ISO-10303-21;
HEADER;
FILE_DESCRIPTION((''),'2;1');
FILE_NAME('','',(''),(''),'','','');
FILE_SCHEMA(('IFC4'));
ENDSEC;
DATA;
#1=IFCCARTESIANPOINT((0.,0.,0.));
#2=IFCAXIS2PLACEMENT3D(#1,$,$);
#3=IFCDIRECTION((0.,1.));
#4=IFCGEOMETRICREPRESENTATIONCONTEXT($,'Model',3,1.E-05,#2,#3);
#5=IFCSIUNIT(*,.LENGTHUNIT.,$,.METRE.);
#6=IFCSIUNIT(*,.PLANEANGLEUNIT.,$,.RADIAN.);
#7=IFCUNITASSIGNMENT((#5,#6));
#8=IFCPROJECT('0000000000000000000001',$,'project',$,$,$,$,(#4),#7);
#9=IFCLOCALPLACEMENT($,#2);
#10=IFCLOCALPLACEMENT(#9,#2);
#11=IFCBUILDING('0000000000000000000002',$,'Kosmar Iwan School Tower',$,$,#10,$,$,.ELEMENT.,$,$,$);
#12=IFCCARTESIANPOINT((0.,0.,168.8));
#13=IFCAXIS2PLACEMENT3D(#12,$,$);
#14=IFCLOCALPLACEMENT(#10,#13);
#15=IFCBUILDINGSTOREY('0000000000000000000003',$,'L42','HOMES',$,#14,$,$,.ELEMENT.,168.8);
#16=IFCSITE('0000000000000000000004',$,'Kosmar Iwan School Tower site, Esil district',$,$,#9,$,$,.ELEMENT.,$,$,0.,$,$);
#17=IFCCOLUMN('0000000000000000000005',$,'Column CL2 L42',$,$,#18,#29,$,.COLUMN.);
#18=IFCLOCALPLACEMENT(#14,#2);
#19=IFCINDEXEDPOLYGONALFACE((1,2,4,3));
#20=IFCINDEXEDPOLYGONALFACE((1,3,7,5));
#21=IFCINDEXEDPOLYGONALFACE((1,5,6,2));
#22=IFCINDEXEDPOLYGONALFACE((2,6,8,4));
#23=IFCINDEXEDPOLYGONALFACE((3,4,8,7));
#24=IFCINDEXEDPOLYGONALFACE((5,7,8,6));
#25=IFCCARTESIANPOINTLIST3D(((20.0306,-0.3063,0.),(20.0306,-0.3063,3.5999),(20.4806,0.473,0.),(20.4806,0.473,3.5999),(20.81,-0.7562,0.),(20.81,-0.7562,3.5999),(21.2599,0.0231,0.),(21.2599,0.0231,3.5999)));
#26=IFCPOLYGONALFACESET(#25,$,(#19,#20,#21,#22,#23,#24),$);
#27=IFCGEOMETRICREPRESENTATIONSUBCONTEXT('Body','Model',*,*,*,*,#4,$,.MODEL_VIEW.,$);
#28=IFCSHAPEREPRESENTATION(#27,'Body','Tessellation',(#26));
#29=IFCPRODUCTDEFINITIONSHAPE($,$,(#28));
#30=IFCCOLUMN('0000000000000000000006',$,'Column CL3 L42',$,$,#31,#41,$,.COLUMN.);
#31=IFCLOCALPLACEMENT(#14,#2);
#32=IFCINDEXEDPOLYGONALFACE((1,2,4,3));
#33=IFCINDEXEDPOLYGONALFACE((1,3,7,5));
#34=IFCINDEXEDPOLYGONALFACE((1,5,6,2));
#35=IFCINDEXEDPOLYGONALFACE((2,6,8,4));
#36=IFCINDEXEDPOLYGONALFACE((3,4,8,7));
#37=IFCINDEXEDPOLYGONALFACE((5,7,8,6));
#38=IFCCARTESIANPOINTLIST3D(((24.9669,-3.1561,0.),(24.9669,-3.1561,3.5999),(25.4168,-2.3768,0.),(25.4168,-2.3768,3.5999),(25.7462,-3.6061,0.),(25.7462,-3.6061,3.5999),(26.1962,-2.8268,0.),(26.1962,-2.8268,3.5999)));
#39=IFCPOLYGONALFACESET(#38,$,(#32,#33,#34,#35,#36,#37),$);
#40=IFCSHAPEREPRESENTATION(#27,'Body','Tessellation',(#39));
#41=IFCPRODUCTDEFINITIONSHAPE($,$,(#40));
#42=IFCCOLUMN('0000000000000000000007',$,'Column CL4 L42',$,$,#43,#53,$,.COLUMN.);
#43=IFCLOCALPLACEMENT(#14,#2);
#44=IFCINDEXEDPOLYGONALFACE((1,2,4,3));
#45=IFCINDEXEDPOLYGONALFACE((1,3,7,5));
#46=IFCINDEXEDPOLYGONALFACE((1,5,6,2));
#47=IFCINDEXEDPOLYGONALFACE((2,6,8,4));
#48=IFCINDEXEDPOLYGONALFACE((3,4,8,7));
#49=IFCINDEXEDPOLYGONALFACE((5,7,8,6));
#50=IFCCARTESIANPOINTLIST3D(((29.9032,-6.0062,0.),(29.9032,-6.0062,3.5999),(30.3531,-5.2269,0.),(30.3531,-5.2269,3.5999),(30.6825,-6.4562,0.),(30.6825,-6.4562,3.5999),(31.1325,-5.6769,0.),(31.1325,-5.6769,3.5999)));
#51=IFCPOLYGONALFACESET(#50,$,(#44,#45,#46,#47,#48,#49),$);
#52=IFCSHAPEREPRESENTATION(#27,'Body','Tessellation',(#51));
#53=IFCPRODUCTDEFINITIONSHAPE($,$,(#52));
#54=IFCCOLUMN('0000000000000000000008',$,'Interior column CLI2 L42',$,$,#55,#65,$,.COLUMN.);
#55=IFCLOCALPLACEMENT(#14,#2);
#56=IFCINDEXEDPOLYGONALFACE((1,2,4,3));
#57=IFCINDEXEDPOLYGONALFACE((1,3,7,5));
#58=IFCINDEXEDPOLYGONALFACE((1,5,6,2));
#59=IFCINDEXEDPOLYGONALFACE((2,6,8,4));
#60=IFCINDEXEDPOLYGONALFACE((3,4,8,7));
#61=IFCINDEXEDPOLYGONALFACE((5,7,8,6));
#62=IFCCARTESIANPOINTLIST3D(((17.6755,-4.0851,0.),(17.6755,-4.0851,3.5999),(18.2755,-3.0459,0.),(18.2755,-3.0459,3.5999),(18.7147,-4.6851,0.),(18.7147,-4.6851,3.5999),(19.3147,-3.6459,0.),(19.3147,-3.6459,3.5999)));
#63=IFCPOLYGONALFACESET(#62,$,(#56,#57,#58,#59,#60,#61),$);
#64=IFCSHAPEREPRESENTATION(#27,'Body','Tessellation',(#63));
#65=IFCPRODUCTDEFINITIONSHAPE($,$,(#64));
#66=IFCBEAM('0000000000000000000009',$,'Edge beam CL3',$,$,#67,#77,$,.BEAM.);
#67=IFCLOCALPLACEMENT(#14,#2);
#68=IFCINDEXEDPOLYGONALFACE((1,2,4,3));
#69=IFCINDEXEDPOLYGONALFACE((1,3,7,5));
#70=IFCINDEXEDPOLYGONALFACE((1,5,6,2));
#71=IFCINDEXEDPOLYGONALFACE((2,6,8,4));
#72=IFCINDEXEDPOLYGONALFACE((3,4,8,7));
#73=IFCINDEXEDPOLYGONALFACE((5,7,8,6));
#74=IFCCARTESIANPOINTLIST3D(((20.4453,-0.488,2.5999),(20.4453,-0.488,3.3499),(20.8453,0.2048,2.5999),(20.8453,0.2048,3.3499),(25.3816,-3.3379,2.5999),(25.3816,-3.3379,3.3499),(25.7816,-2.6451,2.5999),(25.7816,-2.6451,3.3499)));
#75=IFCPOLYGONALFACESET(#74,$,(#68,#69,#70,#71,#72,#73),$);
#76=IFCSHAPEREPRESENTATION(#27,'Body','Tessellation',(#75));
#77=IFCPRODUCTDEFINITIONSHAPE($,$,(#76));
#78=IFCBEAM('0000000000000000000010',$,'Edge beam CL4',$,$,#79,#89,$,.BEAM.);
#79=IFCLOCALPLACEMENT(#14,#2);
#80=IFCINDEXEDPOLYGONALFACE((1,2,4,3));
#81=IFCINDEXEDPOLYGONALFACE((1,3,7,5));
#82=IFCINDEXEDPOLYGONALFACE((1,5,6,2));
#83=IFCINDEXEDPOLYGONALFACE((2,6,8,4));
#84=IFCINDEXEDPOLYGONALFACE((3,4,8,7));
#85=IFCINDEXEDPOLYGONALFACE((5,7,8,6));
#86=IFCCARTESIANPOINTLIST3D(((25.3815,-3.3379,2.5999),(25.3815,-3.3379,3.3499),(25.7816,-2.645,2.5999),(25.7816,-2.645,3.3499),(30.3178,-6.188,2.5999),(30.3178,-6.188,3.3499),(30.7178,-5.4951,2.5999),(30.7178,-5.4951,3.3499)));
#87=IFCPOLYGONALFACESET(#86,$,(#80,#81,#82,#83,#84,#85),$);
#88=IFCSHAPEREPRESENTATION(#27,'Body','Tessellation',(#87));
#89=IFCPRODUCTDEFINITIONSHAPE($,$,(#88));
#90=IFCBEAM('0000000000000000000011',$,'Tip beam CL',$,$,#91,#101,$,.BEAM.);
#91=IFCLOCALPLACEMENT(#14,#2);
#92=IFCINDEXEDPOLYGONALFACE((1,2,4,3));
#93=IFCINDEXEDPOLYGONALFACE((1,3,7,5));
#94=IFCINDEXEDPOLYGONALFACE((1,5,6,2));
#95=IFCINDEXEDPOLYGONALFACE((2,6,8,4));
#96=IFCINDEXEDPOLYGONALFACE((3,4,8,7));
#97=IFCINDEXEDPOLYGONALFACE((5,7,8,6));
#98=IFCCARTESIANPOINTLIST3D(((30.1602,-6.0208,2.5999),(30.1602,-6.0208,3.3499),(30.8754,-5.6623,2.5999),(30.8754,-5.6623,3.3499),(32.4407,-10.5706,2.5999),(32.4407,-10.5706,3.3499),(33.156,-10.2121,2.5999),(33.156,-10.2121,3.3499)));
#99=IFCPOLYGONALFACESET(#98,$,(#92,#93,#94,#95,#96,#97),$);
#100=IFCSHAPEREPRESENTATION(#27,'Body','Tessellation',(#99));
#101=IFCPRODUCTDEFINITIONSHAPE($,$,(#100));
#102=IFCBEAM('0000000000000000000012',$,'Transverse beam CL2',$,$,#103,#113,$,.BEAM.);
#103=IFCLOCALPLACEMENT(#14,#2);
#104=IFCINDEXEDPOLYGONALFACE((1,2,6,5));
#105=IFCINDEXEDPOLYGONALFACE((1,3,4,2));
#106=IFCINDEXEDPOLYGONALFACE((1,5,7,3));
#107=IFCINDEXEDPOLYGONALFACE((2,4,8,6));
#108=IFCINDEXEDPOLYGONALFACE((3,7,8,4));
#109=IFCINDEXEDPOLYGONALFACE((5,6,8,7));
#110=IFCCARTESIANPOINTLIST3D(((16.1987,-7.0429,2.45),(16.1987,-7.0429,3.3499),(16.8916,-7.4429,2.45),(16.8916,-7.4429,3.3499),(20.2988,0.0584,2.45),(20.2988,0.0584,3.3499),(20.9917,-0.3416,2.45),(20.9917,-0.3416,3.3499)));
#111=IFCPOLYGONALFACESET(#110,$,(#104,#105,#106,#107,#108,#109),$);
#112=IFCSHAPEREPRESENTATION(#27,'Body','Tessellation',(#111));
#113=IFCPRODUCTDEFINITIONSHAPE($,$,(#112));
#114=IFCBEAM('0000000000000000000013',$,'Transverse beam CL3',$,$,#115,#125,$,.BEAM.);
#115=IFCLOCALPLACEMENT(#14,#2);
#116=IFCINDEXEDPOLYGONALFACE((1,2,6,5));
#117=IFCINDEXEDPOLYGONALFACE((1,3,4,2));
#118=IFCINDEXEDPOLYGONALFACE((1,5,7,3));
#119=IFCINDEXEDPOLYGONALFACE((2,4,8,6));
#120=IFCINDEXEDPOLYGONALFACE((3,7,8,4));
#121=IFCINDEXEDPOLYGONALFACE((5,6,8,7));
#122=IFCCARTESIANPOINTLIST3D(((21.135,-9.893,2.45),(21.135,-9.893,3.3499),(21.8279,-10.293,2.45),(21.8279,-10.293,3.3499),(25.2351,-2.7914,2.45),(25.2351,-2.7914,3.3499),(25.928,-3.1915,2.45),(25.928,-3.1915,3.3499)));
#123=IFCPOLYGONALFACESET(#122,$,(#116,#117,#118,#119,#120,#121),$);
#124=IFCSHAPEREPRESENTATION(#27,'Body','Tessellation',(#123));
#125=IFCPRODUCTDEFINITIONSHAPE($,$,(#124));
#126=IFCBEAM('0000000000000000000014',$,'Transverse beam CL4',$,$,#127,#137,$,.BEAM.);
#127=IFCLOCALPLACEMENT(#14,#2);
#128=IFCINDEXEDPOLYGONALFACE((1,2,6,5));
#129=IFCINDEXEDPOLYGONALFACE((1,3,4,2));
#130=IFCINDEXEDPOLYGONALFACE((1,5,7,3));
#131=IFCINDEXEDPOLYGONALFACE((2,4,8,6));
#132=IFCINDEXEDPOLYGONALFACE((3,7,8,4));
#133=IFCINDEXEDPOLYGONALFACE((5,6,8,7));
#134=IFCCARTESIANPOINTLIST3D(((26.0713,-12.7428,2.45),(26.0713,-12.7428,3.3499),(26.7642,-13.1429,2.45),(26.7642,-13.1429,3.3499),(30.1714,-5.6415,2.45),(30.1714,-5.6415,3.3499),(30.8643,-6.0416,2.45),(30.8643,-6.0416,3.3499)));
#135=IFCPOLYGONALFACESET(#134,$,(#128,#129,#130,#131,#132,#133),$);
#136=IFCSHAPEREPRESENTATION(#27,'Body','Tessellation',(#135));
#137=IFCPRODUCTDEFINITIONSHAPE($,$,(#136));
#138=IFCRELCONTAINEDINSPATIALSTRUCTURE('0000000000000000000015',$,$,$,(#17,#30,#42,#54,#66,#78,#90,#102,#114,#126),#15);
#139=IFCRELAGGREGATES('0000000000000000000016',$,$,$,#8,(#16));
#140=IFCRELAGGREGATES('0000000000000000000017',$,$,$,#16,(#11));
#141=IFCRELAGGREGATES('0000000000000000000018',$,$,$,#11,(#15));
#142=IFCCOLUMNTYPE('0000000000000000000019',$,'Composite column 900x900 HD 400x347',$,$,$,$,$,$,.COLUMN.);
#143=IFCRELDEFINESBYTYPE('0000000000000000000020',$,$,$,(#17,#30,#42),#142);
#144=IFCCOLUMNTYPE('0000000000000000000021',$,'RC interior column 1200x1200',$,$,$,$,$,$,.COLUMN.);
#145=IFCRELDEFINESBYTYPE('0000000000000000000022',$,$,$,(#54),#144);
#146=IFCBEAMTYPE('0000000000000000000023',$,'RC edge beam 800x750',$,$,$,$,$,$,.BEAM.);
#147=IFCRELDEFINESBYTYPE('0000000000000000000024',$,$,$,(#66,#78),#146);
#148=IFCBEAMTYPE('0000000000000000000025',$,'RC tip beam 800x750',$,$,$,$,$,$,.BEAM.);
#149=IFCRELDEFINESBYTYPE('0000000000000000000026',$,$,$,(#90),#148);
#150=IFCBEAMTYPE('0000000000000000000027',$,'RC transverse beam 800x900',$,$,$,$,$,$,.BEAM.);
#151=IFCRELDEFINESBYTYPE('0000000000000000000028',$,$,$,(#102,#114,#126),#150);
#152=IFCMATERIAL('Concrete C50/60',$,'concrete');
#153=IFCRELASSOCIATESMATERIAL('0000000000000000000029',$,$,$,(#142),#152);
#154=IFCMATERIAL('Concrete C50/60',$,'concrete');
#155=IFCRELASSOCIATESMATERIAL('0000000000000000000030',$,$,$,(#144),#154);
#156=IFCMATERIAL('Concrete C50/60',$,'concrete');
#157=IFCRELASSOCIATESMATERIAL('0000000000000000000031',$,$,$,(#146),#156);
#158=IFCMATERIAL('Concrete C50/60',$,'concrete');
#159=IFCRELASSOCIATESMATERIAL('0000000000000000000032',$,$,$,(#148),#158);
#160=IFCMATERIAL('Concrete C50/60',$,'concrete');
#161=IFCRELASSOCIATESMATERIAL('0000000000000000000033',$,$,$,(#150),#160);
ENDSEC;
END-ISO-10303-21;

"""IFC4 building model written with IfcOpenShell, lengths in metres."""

from ifc_helpers import new_model, si_unit, direction, frame, origin, origin_2d, place, context, subcontext, project, spatial, rectangle, extrude, material, material_profile, profile_set, type_object, element, save


model = new_model("IFC4")

# Units and contexts
model_context = context("Model", 3, precision=1e-05, world=origin(), true_north=direction((0.0, 1.0)))
body_context = subcontext(model_context, "Body", "Model", "MODEL_VIEW")
ifc_project = project(units=[si_unit("LENGTHUNIT", "METRE"), si_unit("PLANEANGLEUNIT", "RADIAN")], contexts=[model_context])

# Site, building, storey
site_placement = place(None, origin())
site = spatial("IfcSite", under=ifc_project, at=site_placement, Name="Kosmar Iwan School Tower site, Esil district", CompositionType="ELEMENT", RefElevation=0.0)
building_placement = place(site_placement, origin())
building = spatial("IfcBuilding", under=site, at=building_placement, Name="Kosmar Iwan School Tower", CompositionType="ELEMENT")
storey_placement = place(building_placement, frame((0.0, 0.0, 168.8)))
storey = spatial("IfcBuildingStorey", under=building, at=storey_placement, Name="L42", Description="HOMES", CompositionType="ELEMENT", Elevation=168.8)

# Columns
ifc_material_1 = material(Name="Concrete C50/60", Category="concrete")
ifc_material_profile_1 = material_profile(ifc_material_1, rectangle(XDim=0.8999, YDim=0.8999, at=origin_2d()), Name="RC 900x900 + HD 400x347")
ifc_profile_set_1 = profile_set([ifc_material_profile_1], Name="Concrete C50/60")
column_type_1 = type_object("IfcColumnType", Name="Composite column 900x900 HD 400x347", PredefinedType="COLUMN", material=ifc_profile_set_1)
for number, where, z_axis, x_axis, name in (
    (1, (20.6453, -0.1416, 0.0), (0.0, 0.0, 1.0), (0.866025, -0.5, 0.0), "Column CL2 L42"),
    (2, (25.5815, -2.9915, 0.0), (0.0, 0.0, 1.0), (0.866025, -0.5, 0.0), "Column CL3 L42"),
    (3, (30.5178, -5.8416, 0.0), (0.0, 0.0, 1.0), (0.866025, -0.5, 0.0), "Column CL4 L42"),
):
    element("IfcColumn", number, at=place(storey_placement, frame(where, z_axis=z_axis, x_axis=x_axis)), inside=storey, type_object=column_type_1, Name=name, PredefinedType="COLUMN", context=body_context, shape_type="SweptSolid", body=[
        extrude(rectangle(XDim=0.8999, YDim=0.8999, at=origin_2d()), origin(), (0.0, 0.0, 1.0), 3.5999),
    ])
ifc_material_2 = material(Name="Concrete C50/60", Category="concrete")
ifc_material_profile_2 = material_profile(ifc_material_2, rectangle(XDim=1.2, YDim=1.2, at=origin_2d()), Name="RC 1200x1200")
ifc_profile_set_2 = profile_set([ifc_material_profile_2], Name="Concrete C50/60")
column_type_2 = type_object("IfcColumnType", Name="RC interior column 1200x1200", PredefinedType="COLUMN", material=ifc_profile_set_2)
column_placement = place(storey_placement, frame((18.4951, -3.8655, 0.0), z_axis=(0.0, 0.0, 1.0), x_axis=(0.866025, -0.5, 0.0)))
element("IfcColumn", 4, at=column_placement, inside=storey, type_object=column_type_2, Name="Interior column CLI2 L42", PredefinedType="COLUMN", context=body_context, shape_type="SweptSolid", body=[
    extrude(rectangle(XDim=1.2, YDim=1.2, at=origin_2d()), origin(), (0.0, 0.0, 1.0), 3.5999),
])

# Beams
ifc_material_3 = material(Name="Concrete C50/60", Category="concrete")
ifc_material_profile_3 = material_profile(ifc_material_3, rectangle(XDim=0.8, YDim=0.75, at=origin_2d()), Name="RC 800x750")
ifc_profile_set_3 = profile_set([ifc_material_profile_3], Name="Concrete C50/60")
beam_type_1 = type_object("IfcBeamType", Name="RC edge beam 800x750", PredefinedType="BEAM", material=ifc_profile_set_3)
for number, where, z_axis, x_axis, name in (
    (5, (20.6453, -0.1416, 2.9749), (0.866034, -0.499986, 0.0), (0.499986, 0.866034, 0.0), "Edge beam CL3"),
    (6, (25.5815, -2.9915, 2.9749), (0.866015, -0.500018, 0.0), (0.500018, 0.866015, 0.0), "Edge beam CL4"),
):
    element("IfcBeam", number, at=place(storey_placement, frame(where, z_axis=z_axis, x_axis=x_axis)), inside=storey, type_object=beam_type_1, Name=name, PredefinedType="BEAM", context=body_context, shape_type="SweptSolid", body=[
        extrude(rectangle(XDim=0.8, YDim=0.75, at=origin_2d()), origin(), (0.0, 0.0, 1.0), 5.7),
    ])
ifc_material_4 = material(Name="Concrete C50/60", Category="concrete")
ifc_material_profile_4 = material_profile(ifc_material_4, rectangle(XDim=0.8, YDim=0.75, at=origin_2d()), Name="RC 800x750")
ifc_profile_set_4 = profile_set([ifc_material_profile_4], Name="Concrete C50/60")
beam_type_2 = type_object("IfcBeamType", Name="RC tip beam 800x750", PredefinedType="BEAM", material=ifc_profile_set_4)
beam_1_placement = place(storey_placement, frame((30.5178, -5.8416, 2.9749), z_axis=(0.448096, -0.893985, 0.0), x_axis=(0.893985, 0.448096, 0.0)))
element("IfcBeam", 7, at=beam_1_placement, inside=storey, type_object=beam_type_2, Name="Tip beam CL", PredefinedType="BEAM", context=body_context, shape_type="SweptSolid", body=[
    extrude(rectangle(XDim=0.8, YDim=0.75, at=origin_2d()), origin(), (0.0, 0.0, 1.0), 5.0894),
])
ifc_material_5 = material(Name="Concrete C50/60", Category="concrete")
ifc_material_profile_5 = material_profile(ifc_material_5, rectangle(XDim=0.8, YDim=0.8999, at=origin_2d()), Name="RC 800x900")
ifc_profile_set_5 = profile_set([ifc_material_profile_5], Name="Concrete C50/60")
beam_type_3 = type_object("IfcBeamType", Name="RC transverse beam 800x900", PredefinedType="BEAM", material=ifc_profile_set_5)
beam_2_placement = place(storey_placement, frame((20.6453, -0.1416, 2.8999), z_axis=(-0.500014, -0.866018, 0.0), x_axis=(0.866018, -0.500014, 0.0)))
element("IfcBeam", 8, at=beam_2_placement, inside=storey, type_object=beam_type_3, Name="Transverse beam CL2", PredefinedType="BEAM", context=body_context, shape_type="SweptSolid", body=[
    extrude(rectangle(XDim=0.8, YDim=0.8999, at=origin_2d()), origin(), (0.0, 0.0, 1.0), 8.2),
])
beam_3_placement = place(storey_placement, frame((25.5815, -2.9915, 2.8999), z_axis=(-0.500001, -0.866025, 0.0), x_axis=(0.866025, -0.500001, 0.0)))
element("IfcBeam", 9, at=beam_3_placement, inside=storey, type_object=beam_type_3, Name="Transverse beam CL3", PredefinedType="BEAM", context=body_context, shape_type="SweptSolid", body=[
    extrude(rectangle(XDim=0.8, YDim=0.8999, at=origin_2d()), origin(), (0.0, 0.0, 1.0), 8.2002),
])
beam_4_placement = place(storey_placement, frame((30.5178, -5.8416, 2.8999), z_axis=(-0.500014, -0.866018, 0.0), x_axis=(0.866018, -0.500014, 0.0)))
element("IfcBeam", 10, at=beam_4_placement, inside=storey, type_object=beam_type_3, Name="Transverse beam CL4", PredefinedType="BEAM", context=body_context, shape_type="SweptSolid", body=[
    extrude(rectangle(XDim=0.8, YDim=0.8999, at=origin_2d()), origin(), (0.0, 0.0, 1.0), 8.2),
])

save(model, "model.ifc")
